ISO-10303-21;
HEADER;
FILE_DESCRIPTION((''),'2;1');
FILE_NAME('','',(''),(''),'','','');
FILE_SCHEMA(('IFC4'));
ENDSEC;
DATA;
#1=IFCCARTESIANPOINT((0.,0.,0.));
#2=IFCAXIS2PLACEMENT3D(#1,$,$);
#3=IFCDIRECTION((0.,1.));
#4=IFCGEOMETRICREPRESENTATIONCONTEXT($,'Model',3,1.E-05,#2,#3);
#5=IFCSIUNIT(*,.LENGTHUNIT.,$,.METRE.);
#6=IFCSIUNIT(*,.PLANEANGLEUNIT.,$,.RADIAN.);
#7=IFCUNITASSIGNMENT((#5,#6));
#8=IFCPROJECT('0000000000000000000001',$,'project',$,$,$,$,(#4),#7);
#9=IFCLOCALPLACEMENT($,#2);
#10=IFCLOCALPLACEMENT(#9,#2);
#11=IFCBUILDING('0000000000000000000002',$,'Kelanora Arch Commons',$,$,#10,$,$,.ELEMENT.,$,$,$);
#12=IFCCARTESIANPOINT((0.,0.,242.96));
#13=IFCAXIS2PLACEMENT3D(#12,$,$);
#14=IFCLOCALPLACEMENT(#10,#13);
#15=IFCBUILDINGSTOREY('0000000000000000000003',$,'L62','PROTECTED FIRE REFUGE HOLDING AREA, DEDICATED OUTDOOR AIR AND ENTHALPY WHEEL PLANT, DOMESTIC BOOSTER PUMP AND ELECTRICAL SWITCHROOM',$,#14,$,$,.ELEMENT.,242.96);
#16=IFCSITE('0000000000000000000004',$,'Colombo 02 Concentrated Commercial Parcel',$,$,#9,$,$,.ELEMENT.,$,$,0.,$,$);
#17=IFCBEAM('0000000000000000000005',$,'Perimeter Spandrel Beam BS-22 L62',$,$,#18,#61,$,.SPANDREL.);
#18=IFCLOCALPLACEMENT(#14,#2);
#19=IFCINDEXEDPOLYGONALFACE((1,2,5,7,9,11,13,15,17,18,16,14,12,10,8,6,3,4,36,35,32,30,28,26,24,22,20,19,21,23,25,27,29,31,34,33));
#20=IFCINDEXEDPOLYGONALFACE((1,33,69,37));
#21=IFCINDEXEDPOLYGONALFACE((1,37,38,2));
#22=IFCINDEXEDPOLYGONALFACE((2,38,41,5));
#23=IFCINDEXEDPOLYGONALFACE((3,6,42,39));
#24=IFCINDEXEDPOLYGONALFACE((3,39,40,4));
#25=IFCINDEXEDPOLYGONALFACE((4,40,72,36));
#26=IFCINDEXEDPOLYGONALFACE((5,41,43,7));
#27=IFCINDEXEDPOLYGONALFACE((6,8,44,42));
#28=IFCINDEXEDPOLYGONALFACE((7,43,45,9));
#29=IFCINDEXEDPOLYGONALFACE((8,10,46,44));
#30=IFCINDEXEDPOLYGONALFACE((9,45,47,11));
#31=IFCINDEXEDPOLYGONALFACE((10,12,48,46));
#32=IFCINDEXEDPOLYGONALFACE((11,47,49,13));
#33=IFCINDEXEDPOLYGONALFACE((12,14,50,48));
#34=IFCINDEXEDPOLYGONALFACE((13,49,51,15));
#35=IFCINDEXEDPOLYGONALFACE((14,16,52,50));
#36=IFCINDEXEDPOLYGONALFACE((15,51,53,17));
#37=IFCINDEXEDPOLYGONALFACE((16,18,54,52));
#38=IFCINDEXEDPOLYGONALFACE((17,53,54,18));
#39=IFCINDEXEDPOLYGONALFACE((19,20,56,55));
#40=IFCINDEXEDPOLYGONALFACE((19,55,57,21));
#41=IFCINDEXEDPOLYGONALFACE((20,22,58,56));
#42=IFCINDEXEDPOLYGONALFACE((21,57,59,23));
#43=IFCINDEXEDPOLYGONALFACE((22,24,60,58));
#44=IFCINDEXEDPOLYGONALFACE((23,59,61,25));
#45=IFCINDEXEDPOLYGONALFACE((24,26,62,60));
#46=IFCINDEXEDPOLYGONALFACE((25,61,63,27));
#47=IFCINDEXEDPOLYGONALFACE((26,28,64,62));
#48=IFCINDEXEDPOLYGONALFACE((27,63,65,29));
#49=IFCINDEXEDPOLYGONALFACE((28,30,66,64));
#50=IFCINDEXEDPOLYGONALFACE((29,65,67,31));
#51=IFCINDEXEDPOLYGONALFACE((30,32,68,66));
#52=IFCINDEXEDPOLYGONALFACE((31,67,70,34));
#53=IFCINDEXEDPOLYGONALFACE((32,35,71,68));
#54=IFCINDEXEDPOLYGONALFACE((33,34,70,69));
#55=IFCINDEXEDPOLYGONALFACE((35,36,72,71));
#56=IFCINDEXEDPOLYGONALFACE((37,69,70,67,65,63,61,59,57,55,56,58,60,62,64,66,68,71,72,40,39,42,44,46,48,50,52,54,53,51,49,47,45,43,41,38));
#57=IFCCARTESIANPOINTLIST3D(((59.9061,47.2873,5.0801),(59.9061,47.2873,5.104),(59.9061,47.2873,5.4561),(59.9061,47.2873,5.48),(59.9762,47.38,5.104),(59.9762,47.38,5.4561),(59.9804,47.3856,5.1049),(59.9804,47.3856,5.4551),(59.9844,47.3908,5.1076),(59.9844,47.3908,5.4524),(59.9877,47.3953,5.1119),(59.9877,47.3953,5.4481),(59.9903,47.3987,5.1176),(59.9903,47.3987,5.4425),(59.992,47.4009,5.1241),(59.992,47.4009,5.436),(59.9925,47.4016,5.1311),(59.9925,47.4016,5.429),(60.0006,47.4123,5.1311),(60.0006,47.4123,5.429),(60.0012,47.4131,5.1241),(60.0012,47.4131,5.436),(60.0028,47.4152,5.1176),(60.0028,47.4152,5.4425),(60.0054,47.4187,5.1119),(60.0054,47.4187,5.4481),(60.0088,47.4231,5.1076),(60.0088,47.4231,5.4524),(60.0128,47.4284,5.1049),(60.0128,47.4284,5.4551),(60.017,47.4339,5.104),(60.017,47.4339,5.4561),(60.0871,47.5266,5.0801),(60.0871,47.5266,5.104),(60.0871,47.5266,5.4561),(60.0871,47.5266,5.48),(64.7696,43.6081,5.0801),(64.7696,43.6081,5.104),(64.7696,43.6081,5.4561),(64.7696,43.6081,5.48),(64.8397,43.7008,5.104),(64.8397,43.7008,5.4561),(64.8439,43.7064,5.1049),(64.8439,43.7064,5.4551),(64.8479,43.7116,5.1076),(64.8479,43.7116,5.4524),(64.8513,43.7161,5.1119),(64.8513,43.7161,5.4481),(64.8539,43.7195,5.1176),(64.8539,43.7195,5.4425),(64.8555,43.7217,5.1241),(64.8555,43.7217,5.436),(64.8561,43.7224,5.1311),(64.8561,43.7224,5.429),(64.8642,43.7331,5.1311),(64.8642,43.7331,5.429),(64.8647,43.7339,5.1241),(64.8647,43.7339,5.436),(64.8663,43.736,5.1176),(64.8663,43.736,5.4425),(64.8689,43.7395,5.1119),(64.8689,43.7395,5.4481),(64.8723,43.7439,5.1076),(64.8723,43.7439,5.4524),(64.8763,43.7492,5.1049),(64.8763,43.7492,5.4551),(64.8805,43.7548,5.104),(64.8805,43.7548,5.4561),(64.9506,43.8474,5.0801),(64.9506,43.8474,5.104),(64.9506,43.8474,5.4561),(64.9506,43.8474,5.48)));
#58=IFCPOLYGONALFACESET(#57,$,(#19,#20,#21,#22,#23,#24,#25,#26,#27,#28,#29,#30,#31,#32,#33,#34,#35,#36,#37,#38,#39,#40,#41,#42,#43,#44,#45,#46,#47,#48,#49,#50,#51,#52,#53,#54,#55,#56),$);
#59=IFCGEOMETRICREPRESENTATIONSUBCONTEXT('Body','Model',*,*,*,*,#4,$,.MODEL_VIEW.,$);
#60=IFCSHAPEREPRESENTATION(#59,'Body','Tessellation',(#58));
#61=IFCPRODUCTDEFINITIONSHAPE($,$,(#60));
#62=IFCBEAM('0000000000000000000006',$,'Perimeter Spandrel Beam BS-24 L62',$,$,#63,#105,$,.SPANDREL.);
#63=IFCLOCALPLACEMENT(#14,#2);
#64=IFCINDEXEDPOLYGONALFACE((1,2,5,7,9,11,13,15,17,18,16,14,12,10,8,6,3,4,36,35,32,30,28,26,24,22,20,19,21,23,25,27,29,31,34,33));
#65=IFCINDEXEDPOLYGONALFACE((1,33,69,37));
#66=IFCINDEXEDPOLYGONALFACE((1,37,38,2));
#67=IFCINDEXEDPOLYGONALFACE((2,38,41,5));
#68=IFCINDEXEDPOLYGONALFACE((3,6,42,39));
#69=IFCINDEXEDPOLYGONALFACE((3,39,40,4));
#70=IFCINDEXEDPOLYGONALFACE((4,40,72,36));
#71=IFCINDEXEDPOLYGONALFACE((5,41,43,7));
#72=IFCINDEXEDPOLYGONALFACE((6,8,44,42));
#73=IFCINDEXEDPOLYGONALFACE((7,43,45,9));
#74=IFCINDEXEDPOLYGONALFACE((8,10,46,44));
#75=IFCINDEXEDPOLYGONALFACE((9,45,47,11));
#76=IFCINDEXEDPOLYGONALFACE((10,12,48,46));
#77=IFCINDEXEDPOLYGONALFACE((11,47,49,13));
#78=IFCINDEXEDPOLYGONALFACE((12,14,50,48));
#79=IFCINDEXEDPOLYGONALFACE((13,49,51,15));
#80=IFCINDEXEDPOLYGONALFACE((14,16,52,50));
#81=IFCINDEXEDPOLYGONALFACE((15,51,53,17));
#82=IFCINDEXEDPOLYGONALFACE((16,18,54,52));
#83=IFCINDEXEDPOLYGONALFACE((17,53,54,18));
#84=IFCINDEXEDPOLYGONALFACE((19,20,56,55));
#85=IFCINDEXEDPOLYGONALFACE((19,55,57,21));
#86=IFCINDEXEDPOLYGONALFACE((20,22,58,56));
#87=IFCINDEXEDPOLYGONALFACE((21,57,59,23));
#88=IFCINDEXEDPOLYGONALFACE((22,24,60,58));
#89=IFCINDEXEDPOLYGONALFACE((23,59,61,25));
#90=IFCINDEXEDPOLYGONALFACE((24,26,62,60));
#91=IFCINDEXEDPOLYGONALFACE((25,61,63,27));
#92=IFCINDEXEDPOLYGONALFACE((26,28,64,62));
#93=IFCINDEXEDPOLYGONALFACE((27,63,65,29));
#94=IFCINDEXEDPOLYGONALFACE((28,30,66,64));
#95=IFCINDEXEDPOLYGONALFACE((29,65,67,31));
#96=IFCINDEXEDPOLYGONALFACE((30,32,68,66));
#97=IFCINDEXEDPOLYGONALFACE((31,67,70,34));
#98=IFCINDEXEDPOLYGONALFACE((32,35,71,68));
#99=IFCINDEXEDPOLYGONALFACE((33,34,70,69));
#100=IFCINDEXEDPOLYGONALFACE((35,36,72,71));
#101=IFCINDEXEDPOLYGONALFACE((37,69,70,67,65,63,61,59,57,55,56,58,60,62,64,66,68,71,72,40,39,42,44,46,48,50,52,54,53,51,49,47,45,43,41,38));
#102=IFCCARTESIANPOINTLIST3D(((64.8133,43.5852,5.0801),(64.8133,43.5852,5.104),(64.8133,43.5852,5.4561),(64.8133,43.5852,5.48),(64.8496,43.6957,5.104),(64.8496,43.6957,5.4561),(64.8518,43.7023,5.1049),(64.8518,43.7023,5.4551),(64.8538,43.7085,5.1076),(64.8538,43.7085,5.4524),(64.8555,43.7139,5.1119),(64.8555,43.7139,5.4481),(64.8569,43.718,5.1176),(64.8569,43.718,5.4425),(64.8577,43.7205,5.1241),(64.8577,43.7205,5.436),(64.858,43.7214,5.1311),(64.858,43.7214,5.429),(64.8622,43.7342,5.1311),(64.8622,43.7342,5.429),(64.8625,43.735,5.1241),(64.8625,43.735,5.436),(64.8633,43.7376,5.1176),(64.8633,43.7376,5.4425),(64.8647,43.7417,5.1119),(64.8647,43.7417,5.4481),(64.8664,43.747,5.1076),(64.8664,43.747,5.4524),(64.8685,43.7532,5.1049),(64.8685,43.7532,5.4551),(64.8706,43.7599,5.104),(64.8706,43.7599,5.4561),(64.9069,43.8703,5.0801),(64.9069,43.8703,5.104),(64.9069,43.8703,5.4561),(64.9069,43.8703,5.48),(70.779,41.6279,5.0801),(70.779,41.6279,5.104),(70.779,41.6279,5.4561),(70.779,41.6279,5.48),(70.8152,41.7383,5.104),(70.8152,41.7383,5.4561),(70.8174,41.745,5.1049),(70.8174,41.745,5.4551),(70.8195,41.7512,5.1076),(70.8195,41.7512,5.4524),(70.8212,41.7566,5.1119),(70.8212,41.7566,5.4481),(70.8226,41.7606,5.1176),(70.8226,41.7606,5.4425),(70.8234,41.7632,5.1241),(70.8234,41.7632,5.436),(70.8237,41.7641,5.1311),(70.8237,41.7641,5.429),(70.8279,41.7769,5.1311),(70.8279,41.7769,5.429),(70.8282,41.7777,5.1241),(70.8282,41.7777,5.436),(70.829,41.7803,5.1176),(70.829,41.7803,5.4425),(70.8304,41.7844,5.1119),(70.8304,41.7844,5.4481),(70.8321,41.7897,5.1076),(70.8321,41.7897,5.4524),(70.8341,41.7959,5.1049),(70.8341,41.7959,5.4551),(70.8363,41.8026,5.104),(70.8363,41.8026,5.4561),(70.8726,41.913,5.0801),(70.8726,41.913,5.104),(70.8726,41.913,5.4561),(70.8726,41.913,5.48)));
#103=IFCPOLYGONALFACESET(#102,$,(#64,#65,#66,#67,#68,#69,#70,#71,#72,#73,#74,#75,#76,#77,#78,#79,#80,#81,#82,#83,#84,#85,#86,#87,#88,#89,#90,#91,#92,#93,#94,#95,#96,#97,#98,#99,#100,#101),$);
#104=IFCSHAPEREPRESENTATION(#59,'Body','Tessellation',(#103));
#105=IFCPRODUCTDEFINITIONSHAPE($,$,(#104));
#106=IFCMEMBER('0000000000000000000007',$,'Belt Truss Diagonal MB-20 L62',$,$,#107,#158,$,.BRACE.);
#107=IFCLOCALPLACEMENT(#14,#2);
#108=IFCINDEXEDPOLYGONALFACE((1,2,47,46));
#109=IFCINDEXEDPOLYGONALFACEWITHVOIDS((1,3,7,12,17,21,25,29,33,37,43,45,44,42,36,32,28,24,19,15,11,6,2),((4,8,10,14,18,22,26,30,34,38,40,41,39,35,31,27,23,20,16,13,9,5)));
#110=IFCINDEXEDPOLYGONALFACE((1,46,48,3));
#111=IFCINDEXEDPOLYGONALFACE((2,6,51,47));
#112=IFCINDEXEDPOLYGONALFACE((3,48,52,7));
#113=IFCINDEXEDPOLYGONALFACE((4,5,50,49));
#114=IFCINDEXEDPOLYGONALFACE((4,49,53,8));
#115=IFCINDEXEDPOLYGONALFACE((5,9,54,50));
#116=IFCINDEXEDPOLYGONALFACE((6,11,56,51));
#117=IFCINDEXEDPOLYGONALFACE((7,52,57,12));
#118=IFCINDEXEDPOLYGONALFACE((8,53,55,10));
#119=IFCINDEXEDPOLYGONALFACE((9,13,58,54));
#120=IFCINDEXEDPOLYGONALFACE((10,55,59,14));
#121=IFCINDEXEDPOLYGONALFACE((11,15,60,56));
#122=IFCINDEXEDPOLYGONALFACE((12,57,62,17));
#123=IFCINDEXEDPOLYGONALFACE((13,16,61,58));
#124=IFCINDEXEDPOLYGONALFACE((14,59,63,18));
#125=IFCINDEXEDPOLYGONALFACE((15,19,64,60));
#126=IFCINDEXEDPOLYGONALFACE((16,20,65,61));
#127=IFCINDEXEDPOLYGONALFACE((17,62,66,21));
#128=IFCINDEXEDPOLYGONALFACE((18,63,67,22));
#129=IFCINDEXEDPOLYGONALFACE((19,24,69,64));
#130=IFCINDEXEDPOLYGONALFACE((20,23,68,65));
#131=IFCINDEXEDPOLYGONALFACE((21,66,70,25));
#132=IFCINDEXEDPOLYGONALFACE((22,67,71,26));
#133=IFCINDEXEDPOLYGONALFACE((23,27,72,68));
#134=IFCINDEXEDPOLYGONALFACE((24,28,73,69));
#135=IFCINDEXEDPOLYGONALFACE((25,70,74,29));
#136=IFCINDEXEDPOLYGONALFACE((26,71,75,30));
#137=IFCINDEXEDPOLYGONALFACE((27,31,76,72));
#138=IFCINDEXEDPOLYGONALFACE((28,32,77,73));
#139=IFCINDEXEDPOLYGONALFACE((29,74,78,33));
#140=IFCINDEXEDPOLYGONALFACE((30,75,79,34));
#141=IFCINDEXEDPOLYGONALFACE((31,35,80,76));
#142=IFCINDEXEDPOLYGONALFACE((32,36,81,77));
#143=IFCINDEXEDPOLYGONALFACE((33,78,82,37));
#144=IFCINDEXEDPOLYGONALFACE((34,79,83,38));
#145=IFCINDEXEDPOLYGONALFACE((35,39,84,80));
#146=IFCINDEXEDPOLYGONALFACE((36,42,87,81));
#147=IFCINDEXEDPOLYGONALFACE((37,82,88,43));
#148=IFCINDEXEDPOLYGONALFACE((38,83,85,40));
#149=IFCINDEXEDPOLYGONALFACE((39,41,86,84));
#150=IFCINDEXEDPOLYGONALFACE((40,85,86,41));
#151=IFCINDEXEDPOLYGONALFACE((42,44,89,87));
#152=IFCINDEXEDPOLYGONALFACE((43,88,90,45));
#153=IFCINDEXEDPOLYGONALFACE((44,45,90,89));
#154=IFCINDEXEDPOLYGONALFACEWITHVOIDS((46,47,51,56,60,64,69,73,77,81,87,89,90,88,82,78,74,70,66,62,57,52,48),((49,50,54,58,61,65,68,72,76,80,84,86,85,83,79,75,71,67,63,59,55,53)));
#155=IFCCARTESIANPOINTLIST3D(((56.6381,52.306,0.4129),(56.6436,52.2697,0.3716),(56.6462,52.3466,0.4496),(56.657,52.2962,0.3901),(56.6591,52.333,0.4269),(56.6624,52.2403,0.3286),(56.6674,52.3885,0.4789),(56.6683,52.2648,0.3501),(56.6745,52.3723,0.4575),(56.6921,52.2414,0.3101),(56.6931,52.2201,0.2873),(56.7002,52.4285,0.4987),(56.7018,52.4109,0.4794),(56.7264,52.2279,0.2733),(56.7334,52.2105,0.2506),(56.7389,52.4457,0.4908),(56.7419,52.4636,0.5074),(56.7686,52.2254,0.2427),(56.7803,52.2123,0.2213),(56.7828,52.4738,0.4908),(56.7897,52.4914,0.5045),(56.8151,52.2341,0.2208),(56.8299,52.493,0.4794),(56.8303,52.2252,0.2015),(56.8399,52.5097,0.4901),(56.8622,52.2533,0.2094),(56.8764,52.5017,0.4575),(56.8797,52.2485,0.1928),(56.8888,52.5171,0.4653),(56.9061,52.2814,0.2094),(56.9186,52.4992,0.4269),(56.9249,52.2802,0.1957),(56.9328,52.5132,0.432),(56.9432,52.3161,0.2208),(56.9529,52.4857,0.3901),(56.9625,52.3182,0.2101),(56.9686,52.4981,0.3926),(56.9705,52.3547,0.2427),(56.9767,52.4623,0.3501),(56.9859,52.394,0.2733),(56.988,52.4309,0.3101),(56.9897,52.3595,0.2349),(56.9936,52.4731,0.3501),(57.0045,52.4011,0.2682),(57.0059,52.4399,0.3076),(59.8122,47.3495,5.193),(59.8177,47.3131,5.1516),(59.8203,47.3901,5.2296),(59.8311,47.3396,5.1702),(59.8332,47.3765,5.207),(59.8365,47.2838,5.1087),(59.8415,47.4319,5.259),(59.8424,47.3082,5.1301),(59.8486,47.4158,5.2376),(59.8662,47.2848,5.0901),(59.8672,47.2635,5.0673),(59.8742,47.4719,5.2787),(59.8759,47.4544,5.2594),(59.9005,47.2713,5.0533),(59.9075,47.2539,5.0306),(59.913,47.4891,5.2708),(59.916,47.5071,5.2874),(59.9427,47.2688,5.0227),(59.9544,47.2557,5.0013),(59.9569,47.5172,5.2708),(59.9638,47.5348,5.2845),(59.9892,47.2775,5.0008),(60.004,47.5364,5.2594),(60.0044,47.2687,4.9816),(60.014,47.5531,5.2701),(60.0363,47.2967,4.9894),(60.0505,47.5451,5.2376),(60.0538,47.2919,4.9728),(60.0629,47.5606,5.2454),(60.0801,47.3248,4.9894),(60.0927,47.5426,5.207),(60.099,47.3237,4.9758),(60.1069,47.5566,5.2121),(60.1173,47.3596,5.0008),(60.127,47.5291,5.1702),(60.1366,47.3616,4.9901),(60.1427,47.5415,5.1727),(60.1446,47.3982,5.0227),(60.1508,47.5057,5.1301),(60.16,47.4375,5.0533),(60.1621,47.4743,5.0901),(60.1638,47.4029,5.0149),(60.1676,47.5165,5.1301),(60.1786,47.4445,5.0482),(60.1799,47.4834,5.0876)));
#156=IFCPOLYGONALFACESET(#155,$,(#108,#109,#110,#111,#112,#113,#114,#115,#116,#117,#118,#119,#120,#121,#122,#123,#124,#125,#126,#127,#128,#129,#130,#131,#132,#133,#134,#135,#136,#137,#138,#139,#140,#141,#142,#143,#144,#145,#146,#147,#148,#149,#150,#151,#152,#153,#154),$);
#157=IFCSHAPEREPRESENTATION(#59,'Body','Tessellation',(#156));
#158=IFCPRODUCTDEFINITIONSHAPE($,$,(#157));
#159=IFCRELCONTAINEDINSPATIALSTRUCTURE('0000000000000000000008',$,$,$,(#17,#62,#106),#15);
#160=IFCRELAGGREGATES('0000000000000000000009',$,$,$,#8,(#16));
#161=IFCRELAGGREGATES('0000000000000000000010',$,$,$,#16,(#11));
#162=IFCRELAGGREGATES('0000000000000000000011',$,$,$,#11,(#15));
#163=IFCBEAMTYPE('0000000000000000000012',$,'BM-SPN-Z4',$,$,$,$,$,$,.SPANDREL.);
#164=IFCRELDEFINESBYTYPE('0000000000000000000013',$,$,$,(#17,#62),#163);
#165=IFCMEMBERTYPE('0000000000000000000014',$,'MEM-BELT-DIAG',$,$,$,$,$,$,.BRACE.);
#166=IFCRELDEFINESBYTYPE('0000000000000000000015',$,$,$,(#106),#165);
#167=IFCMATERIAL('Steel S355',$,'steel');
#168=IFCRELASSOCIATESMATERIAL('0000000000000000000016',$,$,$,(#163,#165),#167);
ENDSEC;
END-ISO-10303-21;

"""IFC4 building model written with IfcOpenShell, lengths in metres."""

from ifc_helpers import new_model, si_unit, direction, frame, origin, origin_2d, place, context, subcontext, project, spatial, hollow_circle, i_section, extrude, material, material_profile, profile_set, type_object, element, save


model = new_model("IFC4")

# Units and contexts
model_context = context("Model", 3, precision=1e-05, world=origin(), true_north=direction((0.0, 1.0)))
body_context = subcontext(model_context, "Body", "Model", "MODEL_VIEW")
ifc_project = project(units=[si_unit("LENGTHUNIT", "METRE"), si_unit("PLANEANGLEUNIT", "RADIAN")], contexts=[model_context])

# Site, building, storey
site_placement = place(None, origin())
site = spatial("IfcSite", under=ifc_project, at=site_placement, Name="Colombo 02 Concentrated Commercial Parcel", CompositionType="ELEMENT", RefElevation=0.0)
building_placement = place(site_placement, origin())
building = spatial("IfcBuilding", under=site, at=building_placement, Name="Kelanora Arch Commons", CompositionType="ELEMENT")
storey_placement = place(building_placement, frame((0.0, 0.0, 242.96)))
storey = spatial("IfcBuildingStorey", under=building, at=storey_placement, Name="L62", Description="PROTECTED FIRE REFUGE HOLDING AREA, DEDICATED OUTDOOR AIR AND ENTHALPY WHEEL PLANT, DOMESTIC BOOSTER PUMP AND ELECTRICAL SWITCHROOM", CompositionType="ELEMENT", Elevation=242.96)

# Beams
ifc_material_1 = material(Name="Steel S355", Category="steel")
ifc_material_profile_1 = material_profile(ifc_material_1, i_section(OverallWidth=0.3, OverallDepth=0.3999, WebThickness=0.0134, FlangeThickness=0.0239, FilletRadius=0.0271, at=origin_2d()), Name="HEB400")
ifc_profile_set_1 = profile_set([ifc_material_profile_1], Name="Steel S355")
beam_type_1 = type_object("IfcBeamType", Name="BM-SPN-Z4", PredefinedType="SPANDREL", material=ifc_profile_set_1)
beam_1_placement = place(storey_placement, frame((59.9966, 47.407, 5.28), z_axis=(0.797509, -0.603306, 0.0), x_axis=(0.603306, 0.797509, 0.0)))
element("IfcBeam", 1, at=beam_1_placement, inside=storey, type_object=beam_type_1, Name="Perimeter Spandrel Beam BS-22 L62", PredefinedType="SPANDREL", context=body_context, shape_type="SweptSolid", body=[
    extrude(i_section(OverallWidth=0.3, OverallDepth=0.3999, WebThickness=0.0134, FlangeThickness=0.0239, FilletRadius=0.0271, at=origin_2d()), origin(), (0.0, 0.0, 1.0), 6.0984),
])
beam_2_placement = place(storey_placement, frame((64.8601, 43.7278, 5.28), z_axis=(0.950166, -0.311745, 0.0), x_axis=(0.311745, 0.950166, 0.0)))
element("IfcBeam", 2, at=beam_2_placement, inside=storey, type_object=beam_type_1, Name="Perimeter Spandrel Beam BS-24 L62", PredefinedType="SPANDREL", context=body_context, shape_type="SweptSolid", body=[
    extrude(i_section(OverallWidth=0.3, OverallDepth=0.3999, WebThickness=0.0134, FlangeThickness=0.0239, FilletRadius=0.0271, at=origin_2d()), origin(), (0.0, 0.0, 1.0), 6.2786),
])

# Member
ifc_material_profile_2 = material_profile(ifc_material_1, hollow_circle(Radius=0.2031, WallThickness=0.02, at=origin_2d()), Name="CHS406.4x20")
ifc_profile_set_2 = profile_set([ifc_material_profile_2], Name="Steel S355")
member_type = type_object("IfcMemberType", Name="MEM-BELT-DIAG", PredefinedType="BRACE", material=ifc_profile_set_2)
member_1_placement = place(storey_placement, frame((56.8225, 52.3635, 0.3501), z_axis=(0.418618, -0.653702, 0.630422), x_axis=(0.842126, 0.539281, 0.0)))
element("IfcMember", 3, at=member_1_placement, inside=storey, type_object=member_type, Name="Belt Truss Diagonal MB-20 L62", PredefinedType="BRACE", context=body_context, shape_type="SweptSolid", body=[
    extrude(hollow_circle(Radius=0.2031, WallThickness=0.02, at=origin_2d()), origin(), (0.0, 0.0, 1.0), 7.5823),
])

save(model, "model.ifc")
